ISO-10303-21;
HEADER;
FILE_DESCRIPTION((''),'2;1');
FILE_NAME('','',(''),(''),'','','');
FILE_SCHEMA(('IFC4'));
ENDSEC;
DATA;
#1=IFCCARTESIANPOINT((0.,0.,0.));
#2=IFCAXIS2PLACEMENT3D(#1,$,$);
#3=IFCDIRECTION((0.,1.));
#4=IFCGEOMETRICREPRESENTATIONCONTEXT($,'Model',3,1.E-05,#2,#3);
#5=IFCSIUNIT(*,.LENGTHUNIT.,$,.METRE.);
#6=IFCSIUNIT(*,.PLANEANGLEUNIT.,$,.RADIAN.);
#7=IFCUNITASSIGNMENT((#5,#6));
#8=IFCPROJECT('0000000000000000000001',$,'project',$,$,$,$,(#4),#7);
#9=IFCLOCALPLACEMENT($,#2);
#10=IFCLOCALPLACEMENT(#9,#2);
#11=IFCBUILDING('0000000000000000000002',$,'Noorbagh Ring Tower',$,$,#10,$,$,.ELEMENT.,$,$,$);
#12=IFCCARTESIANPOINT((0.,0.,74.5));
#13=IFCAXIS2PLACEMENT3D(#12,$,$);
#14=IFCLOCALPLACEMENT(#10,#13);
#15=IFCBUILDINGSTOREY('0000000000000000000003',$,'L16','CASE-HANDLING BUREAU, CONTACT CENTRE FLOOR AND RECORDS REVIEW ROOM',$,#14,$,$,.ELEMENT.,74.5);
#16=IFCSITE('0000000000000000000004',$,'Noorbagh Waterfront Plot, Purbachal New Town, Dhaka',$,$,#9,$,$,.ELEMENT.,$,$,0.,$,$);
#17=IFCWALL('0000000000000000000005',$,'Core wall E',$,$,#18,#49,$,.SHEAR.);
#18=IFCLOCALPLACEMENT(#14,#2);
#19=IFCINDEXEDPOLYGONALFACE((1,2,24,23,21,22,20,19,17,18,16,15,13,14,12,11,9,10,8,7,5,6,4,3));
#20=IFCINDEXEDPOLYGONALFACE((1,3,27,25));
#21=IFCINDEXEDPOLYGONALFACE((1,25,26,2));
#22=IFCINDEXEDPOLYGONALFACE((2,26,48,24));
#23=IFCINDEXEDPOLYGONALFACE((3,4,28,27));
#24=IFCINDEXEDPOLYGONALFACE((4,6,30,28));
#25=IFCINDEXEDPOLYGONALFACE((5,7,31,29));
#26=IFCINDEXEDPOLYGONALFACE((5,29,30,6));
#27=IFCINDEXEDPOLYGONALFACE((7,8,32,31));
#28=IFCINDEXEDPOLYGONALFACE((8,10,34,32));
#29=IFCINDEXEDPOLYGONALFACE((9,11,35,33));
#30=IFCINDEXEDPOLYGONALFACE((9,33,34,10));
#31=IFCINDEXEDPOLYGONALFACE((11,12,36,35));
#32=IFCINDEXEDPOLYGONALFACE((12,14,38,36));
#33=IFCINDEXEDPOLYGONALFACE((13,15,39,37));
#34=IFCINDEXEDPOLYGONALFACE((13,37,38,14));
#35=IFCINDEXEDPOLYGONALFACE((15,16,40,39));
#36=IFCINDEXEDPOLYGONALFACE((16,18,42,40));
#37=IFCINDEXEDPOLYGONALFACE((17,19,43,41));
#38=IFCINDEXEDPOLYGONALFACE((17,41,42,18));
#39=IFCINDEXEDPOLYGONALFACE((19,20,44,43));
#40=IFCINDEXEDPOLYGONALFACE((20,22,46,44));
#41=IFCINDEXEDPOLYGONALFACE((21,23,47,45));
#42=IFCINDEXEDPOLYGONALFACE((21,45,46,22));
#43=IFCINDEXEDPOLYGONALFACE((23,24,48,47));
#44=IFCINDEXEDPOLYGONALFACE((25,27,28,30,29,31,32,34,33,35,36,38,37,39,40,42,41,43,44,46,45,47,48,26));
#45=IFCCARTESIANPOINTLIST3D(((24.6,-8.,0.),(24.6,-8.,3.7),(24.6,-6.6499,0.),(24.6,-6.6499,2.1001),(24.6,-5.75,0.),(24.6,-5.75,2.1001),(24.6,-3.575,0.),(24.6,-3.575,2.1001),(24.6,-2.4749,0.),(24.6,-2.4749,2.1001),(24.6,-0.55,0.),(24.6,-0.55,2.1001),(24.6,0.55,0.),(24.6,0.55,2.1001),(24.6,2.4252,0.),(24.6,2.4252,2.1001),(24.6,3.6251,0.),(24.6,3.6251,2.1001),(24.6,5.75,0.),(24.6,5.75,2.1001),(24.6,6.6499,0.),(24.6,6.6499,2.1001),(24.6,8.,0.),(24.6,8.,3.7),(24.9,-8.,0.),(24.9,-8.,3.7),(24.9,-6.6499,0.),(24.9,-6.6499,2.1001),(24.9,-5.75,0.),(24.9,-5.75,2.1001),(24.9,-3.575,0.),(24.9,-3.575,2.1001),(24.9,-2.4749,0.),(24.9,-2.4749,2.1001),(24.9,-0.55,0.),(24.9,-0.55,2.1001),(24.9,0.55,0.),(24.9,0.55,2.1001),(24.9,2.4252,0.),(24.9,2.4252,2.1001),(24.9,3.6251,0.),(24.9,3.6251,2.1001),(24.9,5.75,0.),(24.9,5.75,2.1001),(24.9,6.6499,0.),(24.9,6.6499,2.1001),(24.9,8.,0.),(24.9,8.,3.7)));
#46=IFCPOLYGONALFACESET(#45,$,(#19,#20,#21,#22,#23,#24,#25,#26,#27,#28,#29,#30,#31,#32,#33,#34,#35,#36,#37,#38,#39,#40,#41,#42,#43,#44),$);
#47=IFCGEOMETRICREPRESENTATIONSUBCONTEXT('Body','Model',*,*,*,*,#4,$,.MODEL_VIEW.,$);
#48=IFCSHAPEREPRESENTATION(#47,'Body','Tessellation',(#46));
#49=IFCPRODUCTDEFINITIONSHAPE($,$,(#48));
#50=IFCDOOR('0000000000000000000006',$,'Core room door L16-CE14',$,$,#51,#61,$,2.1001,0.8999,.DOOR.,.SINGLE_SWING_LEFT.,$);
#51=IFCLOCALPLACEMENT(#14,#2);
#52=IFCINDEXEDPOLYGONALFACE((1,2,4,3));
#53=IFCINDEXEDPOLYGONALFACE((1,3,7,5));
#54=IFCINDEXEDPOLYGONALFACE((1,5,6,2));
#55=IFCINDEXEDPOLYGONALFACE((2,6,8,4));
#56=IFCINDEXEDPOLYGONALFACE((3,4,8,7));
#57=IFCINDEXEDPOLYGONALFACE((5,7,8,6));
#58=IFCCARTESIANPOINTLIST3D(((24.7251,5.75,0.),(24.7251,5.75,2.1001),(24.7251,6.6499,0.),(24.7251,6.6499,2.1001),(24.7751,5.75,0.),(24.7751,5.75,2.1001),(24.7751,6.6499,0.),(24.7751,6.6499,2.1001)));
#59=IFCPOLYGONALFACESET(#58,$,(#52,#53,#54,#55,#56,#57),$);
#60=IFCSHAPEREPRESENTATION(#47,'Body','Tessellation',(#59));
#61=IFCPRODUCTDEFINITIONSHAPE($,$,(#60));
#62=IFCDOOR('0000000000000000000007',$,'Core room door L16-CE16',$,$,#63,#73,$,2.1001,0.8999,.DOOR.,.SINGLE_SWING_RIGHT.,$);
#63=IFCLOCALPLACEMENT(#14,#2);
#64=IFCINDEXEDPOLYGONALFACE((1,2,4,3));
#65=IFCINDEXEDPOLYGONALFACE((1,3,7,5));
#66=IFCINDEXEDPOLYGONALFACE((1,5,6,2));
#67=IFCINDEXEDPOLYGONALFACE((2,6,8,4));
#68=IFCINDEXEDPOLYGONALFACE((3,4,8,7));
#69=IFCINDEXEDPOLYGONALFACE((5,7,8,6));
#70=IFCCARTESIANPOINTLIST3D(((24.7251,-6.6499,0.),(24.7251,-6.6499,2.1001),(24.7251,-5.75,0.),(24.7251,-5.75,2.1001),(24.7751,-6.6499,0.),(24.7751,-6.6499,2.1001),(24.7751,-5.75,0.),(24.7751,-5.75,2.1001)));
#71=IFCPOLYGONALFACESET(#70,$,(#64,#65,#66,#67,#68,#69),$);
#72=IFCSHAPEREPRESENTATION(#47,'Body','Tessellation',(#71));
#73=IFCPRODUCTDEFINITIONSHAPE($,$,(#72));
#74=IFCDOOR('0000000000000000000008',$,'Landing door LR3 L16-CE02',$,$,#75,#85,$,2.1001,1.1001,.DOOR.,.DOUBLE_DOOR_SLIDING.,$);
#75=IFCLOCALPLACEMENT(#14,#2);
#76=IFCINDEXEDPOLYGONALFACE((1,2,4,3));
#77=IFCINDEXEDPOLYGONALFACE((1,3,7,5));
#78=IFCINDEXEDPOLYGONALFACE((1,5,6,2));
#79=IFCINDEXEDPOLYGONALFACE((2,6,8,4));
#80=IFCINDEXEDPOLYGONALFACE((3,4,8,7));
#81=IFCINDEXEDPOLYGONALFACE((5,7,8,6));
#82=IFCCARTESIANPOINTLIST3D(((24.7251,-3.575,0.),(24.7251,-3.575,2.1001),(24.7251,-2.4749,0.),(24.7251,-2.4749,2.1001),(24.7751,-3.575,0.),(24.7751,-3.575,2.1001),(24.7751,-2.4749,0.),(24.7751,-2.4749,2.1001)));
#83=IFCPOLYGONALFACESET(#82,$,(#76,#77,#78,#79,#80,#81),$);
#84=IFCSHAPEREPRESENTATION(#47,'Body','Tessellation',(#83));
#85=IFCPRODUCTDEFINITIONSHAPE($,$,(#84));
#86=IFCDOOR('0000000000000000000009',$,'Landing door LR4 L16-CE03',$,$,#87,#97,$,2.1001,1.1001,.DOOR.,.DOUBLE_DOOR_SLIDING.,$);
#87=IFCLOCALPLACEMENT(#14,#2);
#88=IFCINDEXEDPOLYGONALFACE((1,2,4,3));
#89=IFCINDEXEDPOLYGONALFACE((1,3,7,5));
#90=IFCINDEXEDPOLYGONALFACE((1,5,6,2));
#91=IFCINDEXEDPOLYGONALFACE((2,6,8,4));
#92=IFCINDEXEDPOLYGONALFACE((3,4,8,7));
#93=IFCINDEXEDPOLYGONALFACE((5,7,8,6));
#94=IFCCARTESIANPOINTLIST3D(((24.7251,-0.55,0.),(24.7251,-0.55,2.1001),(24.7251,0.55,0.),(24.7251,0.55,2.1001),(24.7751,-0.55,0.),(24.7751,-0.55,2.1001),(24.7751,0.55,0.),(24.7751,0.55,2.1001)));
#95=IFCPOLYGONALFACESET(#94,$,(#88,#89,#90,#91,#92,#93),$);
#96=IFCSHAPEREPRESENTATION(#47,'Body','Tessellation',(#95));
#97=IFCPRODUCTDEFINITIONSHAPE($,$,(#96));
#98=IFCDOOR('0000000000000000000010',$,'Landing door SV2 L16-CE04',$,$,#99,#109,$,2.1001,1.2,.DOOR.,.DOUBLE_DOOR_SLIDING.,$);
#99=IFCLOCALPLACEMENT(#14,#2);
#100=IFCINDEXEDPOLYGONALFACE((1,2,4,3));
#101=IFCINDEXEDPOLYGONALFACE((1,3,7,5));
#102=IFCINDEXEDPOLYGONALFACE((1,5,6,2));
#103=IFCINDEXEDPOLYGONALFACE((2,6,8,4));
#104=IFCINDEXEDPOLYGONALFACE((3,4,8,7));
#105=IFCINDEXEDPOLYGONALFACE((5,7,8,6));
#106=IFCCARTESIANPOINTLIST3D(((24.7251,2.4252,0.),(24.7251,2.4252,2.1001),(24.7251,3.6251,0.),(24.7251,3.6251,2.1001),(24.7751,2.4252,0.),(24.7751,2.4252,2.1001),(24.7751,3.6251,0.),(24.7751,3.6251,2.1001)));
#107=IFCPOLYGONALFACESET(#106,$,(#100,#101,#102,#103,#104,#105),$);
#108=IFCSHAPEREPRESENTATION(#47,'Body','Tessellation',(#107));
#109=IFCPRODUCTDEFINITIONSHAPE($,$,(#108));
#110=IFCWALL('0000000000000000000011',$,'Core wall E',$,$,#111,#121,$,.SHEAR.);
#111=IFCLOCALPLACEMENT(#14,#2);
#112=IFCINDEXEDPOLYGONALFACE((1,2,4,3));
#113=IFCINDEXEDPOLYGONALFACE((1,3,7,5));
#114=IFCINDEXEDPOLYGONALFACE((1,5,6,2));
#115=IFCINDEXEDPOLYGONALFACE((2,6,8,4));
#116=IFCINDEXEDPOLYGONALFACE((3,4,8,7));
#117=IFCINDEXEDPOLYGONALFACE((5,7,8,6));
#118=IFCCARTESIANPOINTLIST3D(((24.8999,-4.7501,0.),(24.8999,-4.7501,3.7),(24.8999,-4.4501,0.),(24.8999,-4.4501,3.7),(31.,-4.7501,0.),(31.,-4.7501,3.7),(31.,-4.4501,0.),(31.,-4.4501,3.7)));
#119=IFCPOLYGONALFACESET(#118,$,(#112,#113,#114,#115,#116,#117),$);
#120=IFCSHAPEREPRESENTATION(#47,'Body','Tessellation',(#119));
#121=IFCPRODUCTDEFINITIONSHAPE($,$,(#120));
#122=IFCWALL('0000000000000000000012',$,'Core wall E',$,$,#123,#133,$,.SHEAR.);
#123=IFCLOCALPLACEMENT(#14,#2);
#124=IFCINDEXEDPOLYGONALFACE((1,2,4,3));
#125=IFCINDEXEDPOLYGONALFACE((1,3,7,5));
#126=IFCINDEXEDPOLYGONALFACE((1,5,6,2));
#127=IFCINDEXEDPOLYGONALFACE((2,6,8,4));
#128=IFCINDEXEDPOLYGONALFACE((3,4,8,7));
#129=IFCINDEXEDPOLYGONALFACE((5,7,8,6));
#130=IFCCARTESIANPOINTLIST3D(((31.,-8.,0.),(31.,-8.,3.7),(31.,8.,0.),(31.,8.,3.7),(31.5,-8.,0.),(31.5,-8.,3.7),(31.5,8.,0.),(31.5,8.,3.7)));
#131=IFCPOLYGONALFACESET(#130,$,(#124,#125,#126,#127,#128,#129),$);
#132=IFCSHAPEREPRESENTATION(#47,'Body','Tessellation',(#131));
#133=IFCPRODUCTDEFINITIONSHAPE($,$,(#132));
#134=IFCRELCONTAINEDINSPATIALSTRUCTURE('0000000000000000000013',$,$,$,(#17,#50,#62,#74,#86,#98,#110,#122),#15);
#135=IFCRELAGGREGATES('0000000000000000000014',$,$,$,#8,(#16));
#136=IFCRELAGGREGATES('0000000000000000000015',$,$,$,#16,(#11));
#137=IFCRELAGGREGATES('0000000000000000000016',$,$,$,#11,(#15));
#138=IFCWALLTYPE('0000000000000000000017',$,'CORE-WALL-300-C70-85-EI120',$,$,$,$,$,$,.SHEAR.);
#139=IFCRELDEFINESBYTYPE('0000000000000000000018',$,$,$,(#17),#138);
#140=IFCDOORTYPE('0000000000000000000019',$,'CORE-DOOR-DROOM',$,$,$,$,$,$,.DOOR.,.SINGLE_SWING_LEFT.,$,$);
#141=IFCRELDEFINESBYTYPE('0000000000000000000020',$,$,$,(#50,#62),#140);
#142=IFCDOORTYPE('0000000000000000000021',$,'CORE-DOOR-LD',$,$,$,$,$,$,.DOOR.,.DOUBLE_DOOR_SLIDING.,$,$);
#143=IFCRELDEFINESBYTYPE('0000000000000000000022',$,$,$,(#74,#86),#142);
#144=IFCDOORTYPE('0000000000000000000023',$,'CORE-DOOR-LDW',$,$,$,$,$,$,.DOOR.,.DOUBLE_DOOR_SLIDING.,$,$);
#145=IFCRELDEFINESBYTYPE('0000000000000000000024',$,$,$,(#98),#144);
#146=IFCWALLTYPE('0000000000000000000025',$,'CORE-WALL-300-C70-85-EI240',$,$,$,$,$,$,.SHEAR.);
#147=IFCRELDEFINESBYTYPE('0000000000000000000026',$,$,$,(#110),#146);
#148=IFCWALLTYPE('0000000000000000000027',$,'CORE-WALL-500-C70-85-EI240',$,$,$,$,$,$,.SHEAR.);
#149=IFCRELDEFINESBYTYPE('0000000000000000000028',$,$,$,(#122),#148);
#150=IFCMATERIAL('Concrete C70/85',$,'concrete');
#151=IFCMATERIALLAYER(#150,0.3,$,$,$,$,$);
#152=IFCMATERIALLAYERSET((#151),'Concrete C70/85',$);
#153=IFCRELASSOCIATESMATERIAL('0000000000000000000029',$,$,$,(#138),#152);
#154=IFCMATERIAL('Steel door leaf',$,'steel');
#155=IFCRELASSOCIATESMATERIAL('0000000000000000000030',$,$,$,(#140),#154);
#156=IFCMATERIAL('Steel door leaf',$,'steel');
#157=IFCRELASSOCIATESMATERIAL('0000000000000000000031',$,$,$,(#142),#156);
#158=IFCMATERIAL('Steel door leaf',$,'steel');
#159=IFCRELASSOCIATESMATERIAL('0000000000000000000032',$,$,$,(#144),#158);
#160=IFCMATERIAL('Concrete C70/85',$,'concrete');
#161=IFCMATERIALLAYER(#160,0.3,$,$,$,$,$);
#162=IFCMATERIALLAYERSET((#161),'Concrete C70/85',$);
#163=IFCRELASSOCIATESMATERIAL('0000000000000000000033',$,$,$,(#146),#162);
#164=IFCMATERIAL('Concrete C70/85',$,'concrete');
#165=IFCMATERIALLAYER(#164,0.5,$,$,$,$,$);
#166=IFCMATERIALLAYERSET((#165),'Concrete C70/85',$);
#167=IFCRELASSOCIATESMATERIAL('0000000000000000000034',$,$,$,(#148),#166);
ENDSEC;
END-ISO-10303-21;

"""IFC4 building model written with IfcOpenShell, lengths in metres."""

from ifc_helpers import new_model, si_unit, direction, frame, frame_2d, origin, place, context, subcontext, project, spatial, rectangle, extrude, material, layer, layer_set, type_object, element, fill, save


model = new_model("IFC4")

# Units and contexts
model_context = context("Model", 3, precision=1e-05, world=origin(), true_north=direction((0.0, 1.0)))
body_context = subcontext(model_context, "Body", "Model", "MODEL_VIEW")
ifc_project = project(units=[si_unit("LENGTHUNIT", "METRE"), si_unit("PLANEANGLEUNIT", "RADIAN")], contexts=[model_context])

# Site, building, storey
site_placement = place(None, origin())
site = spatial("IfcSite", under=ifc_project, at=site_placement, Name="Noorbagh Waterfront Plot, Purbachal New Town, Dhaka", CompositionType="ELEMENT", RefElevation=0.0)
building_placement = place(site_placement, origin())
building = spatial("IfcBuilding", under=site, at=building_placement, Name="Noorbagh Ring Tower", CompositionType="ELEMENT")
storey_placement = place(building_placement, frame((0.0, 0.0, 74.5)))
storey = spatial("IfcBuildingStorey", under=building, at=storey_placement, Name="L16", Description="CASE-HANDLING BUREAU, CONTACT CENTRE FLOOR AND RECORDS REVIEW ROOM", CompositionType="ELEMENT", Elevation=74.5)

# Shared definitions
ifc_material_1 = material(Name="Concrete C70/85", Category="concrete")
ifc_layer_1 = layer(ifc_material_1, 0.3)
ifc_layer_set_1 = layer_set([ifc_layer_1], Name="Concrete C70/85")
wall_type_1 = type_object("IfcWallType", Name="CORE-WALL-300-C70-85-EI120", PredefinedType="SHEAR", material=ifc_layer_set_1)

# Wall, openings, doors
wall_1_placement = place(storey_placement, frame((24.75, -8.0, 0.0), z_axis=(0.0, 0.0, 1.0), x_axis=(0.0, 1.0, 0.0)))
wall_1 = element("IfcWall", 1, at=wall_1_placement, inside=storey, type_object=wall_type_1, Name="Core wall E", PredefinedType="SHEAR", context=body_context, shape_type="SweptSolid", body=[
    extrude(rectangle(XDim=16.0, YDim=0.3, at=frame_2d((8.0, 0.0))), origin(), (0.0, 0.0, 1.0), 3.7),
])
opening_1_placement = place(wall_1_placement, frame((4.425, 0.0, 0.0)))
opening_1 = element("IfcOpeningElement", 2, at=opening_1_placement, cuts=wall_1, PredefinedType="OPENING", context=body_context, shape_type="SweptSolid", body=[
    extrude(rectangle(XDim=1.1001, YDim=2.1001, at=frame_2d((0.55, 1.05))), frame((0.0, 0.1602, 0.0), z_axis=(0.0, -1.0, 0.0), x_axis=(1.0, 0.0, 0.0)), (0.0, 0.0, 1.0), 0.3201),
])
opening_2_placement = place(wall_1_placement, frame((7.45, 0.0, 0.0)))
opening_2 = element("IfcOpeningElement", 3, at=opening_2_placement, cuts=wall_1, PredefinedType="OPENING", context=body_context, shape_type="SweptSolid", body=[
    extrude(rectangle(XDim=1.1001, YDim=2.1001, at=frame_2d((0.55, 1.05))), frame((0.0, 0.1602, 0.0), z_axis=(0.0, -1.0, 0.0), x_axis=(1.0, 0.0, 0.0)), (0.0, 0.0, 1.0), 0.3201),
])
opening_3_placement = place(wall_1_placement, frame((10.425, 0.0, 0.0)))
opening_3 = element("IfcOpeningElement", 4, at=opening_3_placement, cuts=wall_1, PredefinedType="OPENING", context=body_context, shape_type="SweptSolid", body=[
    extrude(rectangle(XDim=1.2, YDim=2.1001, at=frame_2d((0.6001, 1.05))), frame((0.0, 0.1602, 0.0), z_axis=(0.0, -1.0, 0.0), x_axis=(1.0, 0.0, 0.0)), (0.0, 0.0, 1.0), 0.3201),
])
opening_4_placement = place(wall_1_placement, frame((13.75, 0.0, 0.0)))
opening_4 = element("IfcOpeningElement", 5, at=opening_4_placement, cuts=wall_1, PredefinedType="OPENING", context=body_context, shape_type="SweptSolid", body=[
    extrude(rectangle(XDim=0.8999, YDim=2.1001, at=frame_2d((0.45, 1.05))), frame((0.0, 0.1602, 0.0), z_axis=(0.0, -1.0, 0.0), x_axis=(1.0, 0.0, 0.0)), (0.0, 0.0, 1.0), 0.3201),
])
opening_5_placement = place(wall_1_placement, frame((1.3501, 0.0, 0.0)))
opening_5 = element("IfcOpeningElement", 6, at=opening_5_placement, cuts=wall_1, PredefinedType="OPENING", context=body_context, shape_type="SweptSolid", body=[
    extrude(rectangle(XDim=0.8999, YDim=2.1001, at=frame_2d((0.45, 1.05))), frame((0.0, 0.1602, 0.0), z_axis=(0.0, -1.0, 0.0), x_axis=(1.0, 0.0, 0.0)), (0.0, 0.0, 1.0), 0.3201),
])
ifc_material_2 = material(Name="Steel door leaf", Category="steel")
door_type_1 = type_object("IfcDoorType", Name="CORE-DOOR-DROOM", OperationType="SINGLE_SWING_LEFT", PredefinedType="DOOR", material=ifc_material_2)
door_1_placement = place(opening_4_placement, origin())
door_1 = element("IfcDoor", 7, at=door_1_placement, inside=storey, type_object=door_type_1, Name="Core room door L16-CE14", OperationType="SINGLE_SWING_LEFT", OverallHeight=2.1001, OverallWidth=0.8999, PredefinedType="DOOR", context=body_context, shape_type="SweptSolid", body=[
    extrude(rectangle(XDim=0.8999, YDim=2.1001, at=frame_2d((0.45, 1.05))), frame((0.0, 0.0249, 0.0), z_axis=(0.0, -1.0, 0.0), x_axis=(1.0, 0.0, 0.0)), (0.0, 0.0, 1.0), 0.05),
])
fill(opening_4, door_1)
door_2_placement = place(opening_5_placement, origin())
door_2 = element("IfcDoor", 8, at=door_2_placement, inside=storey, type_object=door_type_1, Name="Core room door L16-CE16", OperationType="SINGLE_SWING_RIGHT", OverallHeight=2.1001, OverallWidth=0.8999, PredefinedType="DOOR", context=body_context, shape_type="SweptSolid", body=[
    extrude(rectangle(XDim=0.8999, YDim=2.1001, at=frame_2d((0.45, 1.05))), frame((0.0, 0.0249, 0.0), z_axis=(0.0, -1.0, 0.0), x_axis=(1.0, 0.0, 0.0)), (0.0, 0.0, 1.0), 0.05),
])
fill(opening_5, door_2)
ifc_material_3 = material(Name="Steel door leaf", Category="steel")
door_type_2 = type_object("IfcDoorType", Name="CORE-DOOR-LD", OperationType="DOUBLE_DOOR_SLIDING", PredefinedType="DOOR", material=ifc_material_3)
door_3_placement = place(opening_1_placement, origin())
door_3 = element("IfcDoor", 9, at=door_3_placement, inside=storey, type_object=door_type_2, Name="Landing door LR3 L16-CE02", OperationType="DOUBLE_DOOR_SLIDING", OverallHeight=2.1001, OverallWidth=1.1001, PredefinedType="DOOR", context=body_context, shape_type="SweptSolid", body=[
    extrude(rectangle(XDim=1.1001, YDim=2.1001, at=frame_2d((0.55, 1.05))), frame((0.0, 0.0249, 0.0), z_axis=(0.0, -1.0, 0.0), x_axis=(1.0, 0.0, 0.0)), (0.0, 0.0, 1.0), 0.05),
])
fill(opening_1, door_3)
door_4_placement = place(opening_2_placement, origin())
door_4 = element("IfcDoor", 10, at=door_4_placement, inside=storey, type_object=door_type_2, Name="Landing door LR4 L16-CE03", OperationType="DOUBLE_DOOR_SLIDING", OverallHeight=2.1001, OverallWidth=1.1001, PredefinedType="DOOR", context=body_context, shape_type="SweptSolid", body=[
    extrude(rectangle(XDim=1.1001, YDim=2.1001, at=frame_2d((0.55, 1.05))), frame((0.0, 0.0249, 0.0), z_axis=(0.0, -1.0, 0.0), x_axis=(1.0, 0.0, 0.0)), (0.0, 0.0, 1.0), 0.05),
])
fill(opening_2, door_4)
ifc_material_4 = material(Name="Steel door leaf", Category="steel")
door_type_3 = type_object("IfcDoorType", Name="CORE-DOOR-LDW", OperationType="DOUBLE_DOOR_SLIDING", PredefinedType="DOOR", material=ifc_material_4)
door_5_placement = place(opening_3_placement, origin())
door_5 = element("IfcDoor", 11, at=door_5_placement, inside=storey, type_object=door_type_3, Name="Landing door SV2 L16-CE04", OperationType="DOUBLE_DOOR_SLIDING", OverallHeight=2.1001, OverallWidth=1.2, PredefinedType="DOOR", context=body_context, shape_type="SweptSolid", body=[
    extrude(rectangle(XDim=1.2, YDim=2.1001, at=frame_2d((0.6001, 1.05))), frame((0.0, 0.0249, 0.0), z_axis=(0.0, -1.0, 0.0), x_axis=(1.0, 0.0, 0.0)), (0.0, 0.0, 1.0), 0.05),
])
fill(opening_3, door_5)

# Walls
ifc_material_5 = material(Name="Concrete C70/85", Category="concrete")
ifc_layer_2 = layer(ifc_material_5, 0.3)
ifc_layer_set_2 = layer_set([ifc_layer_2], Name="Concrete C70/85")
wall_type_2 = type_object("IfcWallType", Name="CORE-WALL-300-C70-85-EI240", PredefinedType="SHEAR", material=ifc_layer_set_2)
wall_2_placement = place(storey_placement, frame((24.8999, -4.6001, 0.0), z_axis=(0.0, 0.0, 1.0), x_axis=(1.0, 0.0, 0.0)))
element("IfcWall", 12, at=wall_2_placement, inside=storey, type_object=wall_type_2, Name="Core wall E", PredefinedType="SHEAR", context=body_context, shape_type="SweptSolid", body=[
    extrude(rectangle(XDim=6.1001, YDim=0.3, at=frame_2d((3.05, 0.0))), origin(), (0.0, 0.0, 1.0), 3.7),
])
ifc_material_6 = material(Name="Concrete C70/85", Category="concrete")
ifc_layer_3 = layer(ifc_material_6, 0.5)
ifc_layer_set_3 = layer_set([ifc_layer_3], Name="Concrete C70/85")
wall_type_3 = type_object("IfcWallType", Name="CORE-WALL-500-C70-85-EI240", PredefinedType="SHEAR", material=ifc_layer_set_3)
wall_3_placement = place(storey_placement, frame((31.25, -8.0, 0.0), z_axis=(0.0, 0.0, 1.0), x_axis=(0.0, 1.0, 0.0)))
element("IfcWall", 13, at=wall_3_placement, inside=storey, type_object=wall_type_3, Name="Core wall E", PredefinedType="SHEAR", context=body_context, shape_type="SweptSolid", body=[
    extrude(rectangle(XDim=16.0, YDim=0.5, at=frame_2d((8.0, 0.0))), origin(), (0.0, 0.0, 1.0), 3.7),
])

save(model, "model.ifc")
